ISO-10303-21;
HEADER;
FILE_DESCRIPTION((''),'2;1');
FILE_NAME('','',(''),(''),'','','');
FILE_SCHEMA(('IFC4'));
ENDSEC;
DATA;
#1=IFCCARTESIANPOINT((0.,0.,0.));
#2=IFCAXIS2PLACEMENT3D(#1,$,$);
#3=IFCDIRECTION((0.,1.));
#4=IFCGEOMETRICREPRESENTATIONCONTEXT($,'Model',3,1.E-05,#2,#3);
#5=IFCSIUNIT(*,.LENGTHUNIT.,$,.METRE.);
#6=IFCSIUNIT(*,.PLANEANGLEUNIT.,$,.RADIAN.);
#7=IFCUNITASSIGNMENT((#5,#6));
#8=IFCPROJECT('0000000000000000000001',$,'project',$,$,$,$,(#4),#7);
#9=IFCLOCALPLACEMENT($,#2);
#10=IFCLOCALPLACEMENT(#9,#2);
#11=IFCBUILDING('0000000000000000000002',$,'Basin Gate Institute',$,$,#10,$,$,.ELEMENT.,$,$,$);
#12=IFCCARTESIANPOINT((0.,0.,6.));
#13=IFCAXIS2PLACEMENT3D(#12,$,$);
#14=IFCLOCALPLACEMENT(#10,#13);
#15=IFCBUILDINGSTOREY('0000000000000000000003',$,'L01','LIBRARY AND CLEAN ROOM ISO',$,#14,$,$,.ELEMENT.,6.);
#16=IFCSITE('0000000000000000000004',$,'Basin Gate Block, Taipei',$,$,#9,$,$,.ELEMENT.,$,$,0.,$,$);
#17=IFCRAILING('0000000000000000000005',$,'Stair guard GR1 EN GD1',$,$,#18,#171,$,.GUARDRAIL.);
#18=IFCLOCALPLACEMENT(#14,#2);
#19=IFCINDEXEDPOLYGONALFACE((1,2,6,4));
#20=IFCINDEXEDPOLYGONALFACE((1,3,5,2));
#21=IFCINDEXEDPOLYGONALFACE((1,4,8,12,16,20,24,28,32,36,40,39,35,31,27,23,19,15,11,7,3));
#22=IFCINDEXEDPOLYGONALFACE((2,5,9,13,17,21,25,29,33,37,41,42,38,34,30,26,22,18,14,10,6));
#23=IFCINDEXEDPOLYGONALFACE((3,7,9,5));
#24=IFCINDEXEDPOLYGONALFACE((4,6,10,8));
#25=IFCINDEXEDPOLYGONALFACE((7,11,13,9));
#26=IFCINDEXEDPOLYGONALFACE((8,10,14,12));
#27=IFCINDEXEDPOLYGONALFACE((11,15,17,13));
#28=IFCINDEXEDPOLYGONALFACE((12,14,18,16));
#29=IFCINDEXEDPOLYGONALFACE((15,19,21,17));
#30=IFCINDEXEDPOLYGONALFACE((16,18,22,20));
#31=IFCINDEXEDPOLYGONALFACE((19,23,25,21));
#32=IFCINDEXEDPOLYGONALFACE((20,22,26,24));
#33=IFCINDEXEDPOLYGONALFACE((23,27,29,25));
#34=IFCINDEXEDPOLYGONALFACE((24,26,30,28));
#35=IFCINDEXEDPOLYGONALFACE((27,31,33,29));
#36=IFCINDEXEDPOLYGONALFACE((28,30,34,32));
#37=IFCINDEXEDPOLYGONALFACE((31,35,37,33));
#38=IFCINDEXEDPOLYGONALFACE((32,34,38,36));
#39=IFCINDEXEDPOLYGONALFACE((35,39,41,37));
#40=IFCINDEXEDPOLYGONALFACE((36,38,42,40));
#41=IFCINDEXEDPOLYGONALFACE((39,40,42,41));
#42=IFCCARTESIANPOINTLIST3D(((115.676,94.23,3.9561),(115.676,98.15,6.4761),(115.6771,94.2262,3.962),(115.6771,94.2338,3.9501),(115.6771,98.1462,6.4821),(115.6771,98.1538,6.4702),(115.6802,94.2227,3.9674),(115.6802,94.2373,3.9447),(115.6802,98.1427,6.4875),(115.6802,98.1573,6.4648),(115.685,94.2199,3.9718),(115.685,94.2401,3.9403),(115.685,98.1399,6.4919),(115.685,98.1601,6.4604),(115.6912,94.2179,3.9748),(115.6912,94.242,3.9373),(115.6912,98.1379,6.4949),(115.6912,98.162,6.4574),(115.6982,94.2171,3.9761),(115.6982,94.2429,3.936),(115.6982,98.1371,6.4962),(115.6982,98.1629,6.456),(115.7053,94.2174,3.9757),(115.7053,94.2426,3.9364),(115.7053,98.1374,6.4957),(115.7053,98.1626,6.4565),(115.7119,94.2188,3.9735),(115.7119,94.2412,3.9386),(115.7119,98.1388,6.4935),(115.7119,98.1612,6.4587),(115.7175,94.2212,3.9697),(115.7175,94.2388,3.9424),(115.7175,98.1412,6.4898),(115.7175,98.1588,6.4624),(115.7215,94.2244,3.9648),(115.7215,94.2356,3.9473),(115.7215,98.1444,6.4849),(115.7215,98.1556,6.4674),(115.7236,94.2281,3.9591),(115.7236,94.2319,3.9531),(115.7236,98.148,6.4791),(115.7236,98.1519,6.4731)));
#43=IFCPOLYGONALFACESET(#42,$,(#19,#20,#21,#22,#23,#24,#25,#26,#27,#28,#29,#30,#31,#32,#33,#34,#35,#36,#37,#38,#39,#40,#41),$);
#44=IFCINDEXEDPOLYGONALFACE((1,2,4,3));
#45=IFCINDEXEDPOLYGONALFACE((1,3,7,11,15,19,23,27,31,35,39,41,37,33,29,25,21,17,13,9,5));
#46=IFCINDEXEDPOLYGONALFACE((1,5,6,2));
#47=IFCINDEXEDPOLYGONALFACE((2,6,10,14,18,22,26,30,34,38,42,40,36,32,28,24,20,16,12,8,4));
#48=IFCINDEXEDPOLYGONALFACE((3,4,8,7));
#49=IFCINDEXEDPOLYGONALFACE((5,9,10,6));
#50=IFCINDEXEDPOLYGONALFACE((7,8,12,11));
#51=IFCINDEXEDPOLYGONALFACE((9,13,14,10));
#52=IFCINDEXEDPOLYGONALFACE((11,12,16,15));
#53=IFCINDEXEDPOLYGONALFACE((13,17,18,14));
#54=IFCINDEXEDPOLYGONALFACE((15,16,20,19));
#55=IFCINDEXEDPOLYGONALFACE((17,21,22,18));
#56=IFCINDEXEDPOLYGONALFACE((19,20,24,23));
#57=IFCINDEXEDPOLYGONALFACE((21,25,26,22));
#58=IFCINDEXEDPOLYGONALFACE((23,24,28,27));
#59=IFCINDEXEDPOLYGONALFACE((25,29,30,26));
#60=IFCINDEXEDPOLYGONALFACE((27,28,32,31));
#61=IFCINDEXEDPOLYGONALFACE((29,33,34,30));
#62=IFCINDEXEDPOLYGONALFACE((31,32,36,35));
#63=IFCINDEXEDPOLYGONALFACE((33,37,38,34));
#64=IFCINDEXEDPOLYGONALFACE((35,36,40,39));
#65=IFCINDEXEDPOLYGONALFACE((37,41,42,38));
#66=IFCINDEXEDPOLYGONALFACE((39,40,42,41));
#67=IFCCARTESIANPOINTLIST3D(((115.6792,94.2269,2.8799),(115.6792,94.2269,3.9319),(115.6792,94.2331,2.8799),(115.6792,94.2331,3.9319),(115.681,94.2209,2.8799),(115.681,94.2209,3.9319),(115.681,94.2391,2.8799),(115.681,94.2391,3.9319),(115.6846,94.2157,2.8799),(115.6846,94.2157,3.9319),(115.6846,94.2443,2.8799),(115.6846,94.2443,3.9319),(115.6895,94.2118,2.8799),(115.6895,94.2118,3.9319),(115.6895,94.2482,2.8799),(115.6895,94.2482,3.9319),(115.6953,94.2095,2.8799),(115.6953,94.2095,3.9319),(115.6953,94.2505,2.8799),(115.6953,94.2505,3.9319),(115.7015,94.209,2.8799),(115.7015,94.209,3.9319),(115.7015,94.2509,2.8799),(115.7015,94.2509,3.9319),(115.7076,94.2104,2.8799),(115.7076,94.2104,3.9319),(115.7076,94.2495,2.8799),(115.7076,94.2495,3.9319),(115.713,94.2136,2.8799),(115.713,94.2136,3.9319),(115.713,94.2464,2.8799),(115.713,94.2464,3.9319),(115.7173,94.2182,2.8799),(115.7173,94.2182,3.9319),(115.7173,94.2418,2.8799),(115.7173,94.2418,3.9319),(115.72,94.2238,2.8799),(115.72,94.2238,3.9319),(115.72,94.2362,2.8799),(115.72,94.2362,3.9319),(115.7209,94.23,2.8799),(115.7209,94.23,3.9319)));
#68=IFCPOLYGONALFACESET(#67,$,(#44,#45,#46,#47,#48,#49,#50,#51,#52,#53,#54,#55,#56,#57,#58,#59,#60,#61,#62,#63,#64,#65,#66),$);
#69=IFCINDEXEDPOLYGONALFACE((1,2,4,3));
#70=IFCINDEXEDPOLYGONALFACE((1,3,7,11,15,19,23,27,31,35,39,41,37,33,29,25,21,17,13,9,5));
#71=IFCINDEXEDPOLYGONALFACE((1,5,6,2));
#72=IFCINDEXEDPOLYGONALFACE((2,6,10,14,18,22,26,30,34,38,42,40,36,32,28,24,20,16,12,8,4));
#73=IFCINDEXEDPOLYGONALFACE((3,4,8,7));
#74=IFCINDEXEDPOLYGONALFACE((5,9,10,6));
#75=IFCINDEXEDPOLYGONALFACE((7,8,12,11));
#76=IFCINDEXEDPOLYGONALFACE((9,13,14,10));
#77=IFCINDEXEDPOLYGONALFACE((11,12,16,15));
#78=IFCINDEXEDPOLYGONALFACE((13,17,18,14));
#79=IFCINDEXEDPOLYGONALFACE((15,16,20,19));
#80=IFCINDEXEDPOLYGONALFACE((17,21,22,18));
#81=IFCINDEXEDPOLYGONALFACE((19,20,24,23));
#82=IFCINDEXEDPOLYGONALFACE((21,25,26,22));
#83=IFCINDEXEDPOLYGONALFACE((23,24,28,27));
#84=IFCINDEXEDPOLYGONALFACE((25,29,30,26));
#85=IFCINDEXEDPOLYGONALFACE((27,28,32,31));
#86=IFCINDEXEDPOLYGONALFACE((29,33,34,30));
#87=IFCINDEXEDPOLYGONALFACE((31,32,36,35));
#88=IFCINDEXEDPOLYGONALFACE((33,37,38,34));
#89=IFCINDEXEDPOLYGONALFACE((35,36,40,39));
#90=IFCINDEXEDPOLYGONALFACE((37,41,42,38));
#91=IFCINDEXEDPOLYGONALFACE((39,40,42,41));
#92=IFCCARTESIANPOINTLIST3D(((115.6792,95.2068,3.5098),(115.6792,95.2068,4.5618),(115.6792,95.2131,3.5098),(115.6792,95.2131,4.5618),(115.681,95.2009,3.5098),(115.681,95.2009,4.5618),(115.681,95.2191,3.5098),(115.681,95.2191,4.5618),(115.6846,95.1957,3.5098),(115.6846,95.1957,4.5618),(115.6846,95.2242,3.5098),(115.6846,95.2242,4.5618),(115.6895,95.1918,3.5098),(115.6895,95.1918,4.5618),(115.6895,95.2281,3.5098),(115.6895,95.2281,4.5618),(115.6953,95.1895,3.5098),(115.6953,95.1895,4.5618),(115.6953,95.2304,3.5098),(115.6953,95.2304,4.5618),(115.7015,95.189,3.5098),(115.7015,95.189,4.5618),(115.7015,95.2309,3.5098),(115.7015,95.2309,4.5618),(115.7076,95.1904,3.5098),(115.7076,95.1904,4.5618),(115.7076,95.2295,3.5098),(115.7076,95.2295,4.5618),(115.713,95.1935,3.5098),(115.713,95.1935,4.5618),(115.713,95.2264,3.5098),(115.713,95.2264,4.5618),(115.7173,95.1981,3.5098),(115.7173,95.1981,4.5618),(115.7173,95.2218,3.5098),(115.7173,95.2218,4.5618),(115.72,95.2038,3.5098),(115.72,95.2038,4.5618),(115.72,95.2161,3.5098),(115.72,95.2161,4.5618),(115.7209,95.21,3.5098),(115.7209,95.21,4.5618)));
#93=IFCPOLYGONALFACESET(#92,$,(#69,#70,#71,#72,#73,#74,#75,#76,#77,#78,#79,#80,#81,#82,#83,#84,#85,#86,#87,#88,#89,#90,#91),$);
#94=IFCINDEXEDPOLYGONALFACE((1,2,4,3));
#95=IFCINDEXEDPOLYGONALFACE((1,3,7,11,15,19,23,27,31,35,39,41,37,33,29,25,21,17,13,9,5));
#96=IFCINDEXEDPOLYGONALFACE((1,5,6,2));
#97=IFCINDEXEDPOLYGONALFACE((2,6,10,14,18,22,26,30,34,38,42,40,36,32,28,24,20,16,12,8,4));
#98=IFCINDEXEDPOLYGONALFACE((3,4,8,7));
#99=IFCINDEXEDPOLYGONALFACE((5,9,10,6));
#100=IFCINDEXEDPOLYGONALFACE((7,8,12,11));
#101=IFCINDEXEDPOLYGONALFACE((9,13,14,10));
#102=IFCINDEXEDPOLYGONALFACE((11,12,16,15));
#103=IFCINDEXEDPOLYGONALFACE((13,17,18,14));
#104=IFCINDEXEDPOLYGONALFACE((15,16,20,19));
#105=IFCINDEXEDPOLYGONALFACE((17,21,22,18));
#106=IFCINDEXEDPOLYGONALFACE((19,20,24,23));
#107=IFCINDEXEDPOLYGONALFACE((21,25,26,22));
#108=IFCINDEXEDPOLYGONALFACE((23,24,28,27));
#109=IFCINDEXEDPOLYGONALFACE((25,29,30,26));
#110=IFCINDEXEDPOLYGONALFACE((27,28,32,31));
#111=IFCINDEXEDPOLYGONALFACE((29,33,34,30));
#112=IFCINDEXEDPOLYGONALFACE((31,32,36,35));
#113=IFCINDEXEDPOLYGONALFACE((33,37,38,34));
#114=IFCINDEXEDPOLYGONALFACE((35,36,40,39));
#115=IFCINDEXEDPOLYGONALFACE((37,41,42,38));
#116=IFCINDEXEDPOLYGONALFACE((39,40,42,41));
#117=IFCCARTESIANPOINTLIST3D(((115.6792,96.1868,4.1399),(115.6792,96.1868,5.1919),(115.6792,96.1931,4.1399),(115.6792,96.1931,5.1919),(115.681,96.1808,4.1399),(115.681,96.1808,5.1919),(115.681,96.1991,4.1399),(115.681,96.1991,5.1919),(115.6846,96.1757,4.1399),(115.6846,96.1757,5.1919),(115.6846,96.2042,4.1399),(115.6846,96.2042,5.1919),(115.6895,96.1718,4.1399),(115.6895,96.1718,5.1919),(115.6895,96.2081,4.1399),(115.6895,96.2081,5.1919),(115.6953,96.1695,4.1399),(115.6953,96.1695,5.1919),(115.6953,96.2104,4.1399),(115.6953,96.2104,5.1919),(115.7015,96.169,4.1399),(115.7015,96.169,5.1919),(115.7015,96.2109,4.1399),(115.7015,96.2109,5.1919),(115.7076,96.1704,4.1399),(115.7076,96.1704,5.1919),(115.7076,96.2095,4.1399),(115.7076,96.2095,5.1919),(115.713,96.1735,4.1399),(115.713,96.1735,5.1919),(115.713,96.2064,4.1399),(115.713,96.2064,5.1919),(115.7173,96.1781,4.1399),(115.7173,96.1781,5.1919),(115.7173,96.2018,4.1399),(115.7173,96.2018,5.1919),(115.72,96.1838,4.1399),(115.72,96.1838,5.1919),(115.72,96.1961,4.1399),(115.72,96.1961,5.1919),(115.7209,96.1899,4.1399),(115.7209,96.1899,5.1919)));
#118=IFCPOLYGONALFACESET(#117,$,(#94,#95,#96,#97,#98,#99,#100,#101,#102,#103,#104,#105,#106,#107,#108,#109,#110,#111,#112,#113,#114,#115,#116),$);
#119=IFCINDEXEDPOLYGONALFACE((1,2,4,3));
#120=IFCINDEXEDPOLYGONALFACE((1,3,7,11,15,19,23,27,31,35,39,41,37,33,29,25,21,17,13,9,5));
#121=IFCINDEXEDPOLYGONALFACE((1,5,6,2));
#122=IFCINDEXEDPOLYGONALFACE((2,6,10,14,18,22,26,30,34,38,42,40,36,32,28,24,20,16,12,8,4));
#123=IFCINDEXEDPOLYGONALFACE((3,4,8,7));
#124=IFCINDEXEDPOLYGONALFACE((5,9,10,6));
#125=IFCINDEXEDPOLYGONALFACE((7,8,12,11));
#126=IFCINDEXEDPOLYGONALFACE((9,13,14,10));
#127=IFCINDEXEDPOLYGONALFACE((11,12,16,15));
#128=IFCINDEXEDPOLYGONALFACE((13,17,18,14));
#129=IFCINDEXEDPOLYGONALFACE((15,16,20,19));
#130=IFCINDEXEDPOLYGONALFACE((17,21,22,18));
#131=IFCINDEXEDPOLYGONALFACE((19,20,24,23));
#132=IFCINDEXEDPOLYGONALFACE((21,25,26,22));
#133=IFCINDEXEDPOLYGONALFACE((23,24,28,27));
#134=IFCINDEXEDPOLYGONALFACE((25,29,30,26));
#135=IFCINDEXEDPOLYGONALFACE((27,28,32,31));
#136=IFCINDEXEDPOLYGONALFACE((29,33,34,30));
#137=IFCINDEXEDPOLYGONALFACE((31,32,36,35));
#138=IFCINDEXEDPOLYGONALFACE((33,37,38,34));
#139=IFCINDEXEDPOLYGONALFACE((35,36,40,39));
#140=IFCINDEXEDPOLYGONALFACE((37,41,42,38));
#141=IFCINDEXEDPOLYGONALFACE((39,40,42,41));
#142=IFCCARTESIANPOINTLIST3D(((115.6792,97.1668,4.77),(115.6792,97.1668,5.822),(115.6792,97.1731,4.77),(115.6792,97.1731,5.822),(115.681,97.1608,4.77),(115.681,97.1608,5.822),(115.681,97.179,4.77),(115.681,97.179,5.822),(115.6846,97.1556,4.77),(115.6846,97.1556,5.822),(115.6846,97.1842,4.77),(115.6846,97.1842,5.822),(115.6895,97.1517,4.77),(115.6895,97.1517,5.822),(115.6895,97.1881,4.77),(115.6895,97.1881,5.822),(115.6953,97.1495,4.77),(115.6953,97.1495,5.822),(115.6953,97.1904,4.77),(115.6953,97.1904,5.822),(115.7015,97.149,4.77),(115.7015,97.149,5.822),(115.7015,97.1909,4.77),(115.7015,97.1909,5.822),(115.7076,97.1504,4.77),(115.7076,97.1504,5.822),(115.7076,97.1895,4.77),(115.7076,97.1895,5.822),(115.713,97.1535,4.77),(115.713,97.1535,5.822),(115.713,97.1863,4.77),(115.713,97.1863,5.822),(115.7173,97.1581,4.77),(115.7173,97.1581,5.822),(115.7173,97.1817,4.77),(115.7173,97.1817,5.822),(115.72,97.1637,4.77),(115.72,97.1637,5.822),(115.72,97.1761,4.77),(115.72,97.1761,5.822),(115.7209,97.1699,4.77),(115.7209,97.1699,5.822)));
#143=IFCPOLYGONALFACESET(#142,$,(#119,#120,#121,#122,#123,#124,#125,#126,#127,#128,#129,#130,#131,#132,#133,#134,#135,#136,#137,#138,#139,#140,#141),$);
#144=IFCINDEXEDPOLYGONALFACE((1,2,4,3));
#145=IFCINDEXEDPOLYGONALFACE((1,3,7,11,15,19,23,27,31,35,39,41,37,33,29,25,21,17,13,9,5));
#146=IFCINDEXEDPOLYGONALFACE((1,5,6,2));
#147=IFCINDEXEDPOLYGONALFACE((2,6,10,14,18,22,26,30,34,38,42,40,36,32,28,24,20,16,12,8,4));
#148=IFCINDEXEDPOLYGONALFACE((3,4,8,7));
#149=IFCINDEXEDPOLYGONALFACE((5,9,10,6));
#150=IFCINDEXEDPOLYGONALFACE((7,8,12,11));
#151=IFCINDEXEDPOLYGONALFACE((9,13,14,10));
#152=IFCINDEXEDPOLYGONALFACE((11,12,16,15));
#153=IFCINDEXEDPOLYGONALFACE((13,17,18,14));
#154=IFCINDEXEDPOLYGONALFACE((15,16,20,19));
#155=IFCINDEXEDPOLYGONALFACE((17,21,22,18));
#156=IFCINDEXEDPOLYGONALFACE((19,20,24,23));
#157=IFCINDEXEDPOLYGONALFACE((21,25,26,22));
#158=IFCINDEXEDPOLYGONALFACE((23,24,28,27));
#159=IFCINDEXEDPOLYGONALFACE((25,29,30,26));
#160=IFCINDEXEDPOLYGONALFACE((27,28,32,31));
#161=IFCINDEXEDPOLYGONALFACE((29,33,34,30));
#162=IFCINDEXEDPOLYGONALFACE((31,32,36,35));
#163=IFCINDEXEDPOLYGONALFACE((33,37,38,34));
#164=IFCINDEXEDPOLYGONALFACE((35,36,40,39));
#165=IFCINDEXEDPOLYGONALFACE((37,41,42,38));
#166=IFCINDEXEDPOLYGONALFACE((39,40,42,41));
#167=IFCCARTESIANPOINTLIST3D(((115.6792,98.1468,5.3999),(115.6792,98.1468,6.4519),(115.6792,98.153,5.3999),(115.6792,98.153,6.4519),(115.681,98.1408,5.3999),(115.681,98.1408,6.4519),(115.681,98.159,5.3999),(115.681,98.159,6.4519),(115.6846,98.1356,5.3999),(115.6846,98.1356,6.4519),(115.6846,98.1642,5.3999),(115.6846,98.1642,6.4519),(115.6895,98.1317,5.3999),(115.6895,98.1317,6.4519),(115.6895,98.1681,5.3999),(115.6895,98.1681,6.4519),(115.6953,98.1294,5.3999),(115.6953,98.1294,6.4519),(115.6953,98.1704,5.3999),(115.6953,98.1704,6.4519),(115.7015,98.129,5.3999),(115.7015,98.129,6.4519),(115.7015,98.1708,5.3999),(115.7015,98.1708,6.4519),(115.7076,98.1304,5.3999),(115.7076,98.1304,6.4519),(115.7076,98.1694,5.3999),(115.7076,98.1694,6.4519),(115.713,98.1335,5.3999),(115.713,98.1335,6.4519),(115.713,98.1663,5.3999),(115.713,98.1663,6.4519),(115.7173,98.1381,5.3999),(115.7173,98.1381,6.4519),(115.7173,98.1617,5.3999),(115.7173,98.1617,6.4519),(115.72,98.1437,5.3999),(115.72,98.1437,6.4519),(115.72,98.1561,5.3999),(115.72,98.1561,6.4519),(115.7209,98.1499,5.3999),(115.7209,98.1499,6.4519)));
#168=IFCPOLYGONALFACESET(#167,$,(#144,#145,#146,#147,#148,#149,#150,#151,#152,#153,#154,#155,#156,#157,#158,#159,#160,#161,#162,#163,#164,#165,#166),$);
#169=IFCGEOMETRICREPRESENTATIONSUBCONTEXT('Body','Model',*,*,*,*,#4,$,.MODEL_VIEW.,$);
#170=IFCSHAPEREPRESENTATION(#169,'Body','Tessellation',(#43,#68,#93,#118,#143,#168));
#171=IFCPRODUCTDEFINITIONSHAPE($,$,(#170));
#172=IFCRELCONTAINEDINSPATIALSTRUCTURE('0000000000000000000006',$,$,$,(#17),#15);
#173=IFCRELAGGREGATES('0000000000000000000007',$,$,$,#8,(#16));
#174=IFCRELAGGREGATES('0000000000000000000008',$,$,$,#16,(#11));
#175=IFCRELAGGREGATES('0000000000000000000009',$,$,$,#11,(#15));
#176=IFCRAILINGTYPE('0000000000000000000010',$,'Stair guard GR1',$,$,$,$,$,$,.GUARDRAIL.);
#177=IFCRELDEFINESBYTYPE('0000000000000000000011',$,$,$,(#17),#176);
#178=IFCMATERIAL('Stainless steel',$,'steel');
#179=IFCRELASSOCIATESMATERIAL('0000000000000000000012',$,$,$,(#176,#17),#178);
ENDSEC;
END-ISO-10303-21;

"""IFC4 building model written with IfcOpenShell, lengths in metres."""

from ifc_helpers import new_model, si_unit, direction, frame, origin, origin_2d, place, context, subcontext, project, spatial, circle, extrude, material, type_object, element, save


model = new_model("IFC4")

# Units and contexts
model_context = context("Model", 3, precision=1e-05, world=origin(), true_north=direction((0.0, 1.0)))
body_context = subcontext(model_context, "Body", "Model", "MODEL_VIEW")
ifc_project = project(units=[si_unit("LENGTHUNIT", "METRE"), si_unit("PLANEANGLEUNIT", "RADIAN")], contexts=[model_context])

# Site, building, storey
site_placement = place(None, origin())
site = spatial("IfcSite", under=ifc_project, at=site_placement, Name="Basin Gate Block, Taipei", CompositionType="ELEMENT", RefElevation=0.0)
building_placement = place(site_placement, origin())
building = spatial("IfcBuilding", under=site, at=building_placement, Name="Basin Gate Institute", CompositionType="ELEMENT")
storey_placement = place(building_placement, frame((0.0, 0.0, 6.0)))
storey = spatial("IfcBuildingStorey", under=building, at=storey_placement, Name="L01", Description="LIBRARY AND CLEAN ROOM ISO", CompositionType="ELEMENT", Elevation=6.0)

# Railing
ifc_material_1 = material(Name="Stainless steel", Category="steel")
railing_type_1 = type_object("IfcRailingType", Name="Stair guard GR1", PredefinedType="GUARDRAIL", material=ifc_material_1)
railing_1_placement = place(storey_placement, frame((115.7, 94.23, 2.8799)))
element("IfcRailing", 1, at=railing_1_placement, inside=storey, type_object=railing_type_1, material=ifc_material_1, Name="Stair guard GR1 EN GD1", PredefinedType="GUARDRAIL", context=body_context, shape_type="SweptSolid", body=[
    extrude(circle(Radius=0.0239, at=origin_2d()), frame((0.0, 0.0, 1.0762), z_axis=(0.0, 0.841172, 0.540768), x_axis=(-1.0, 0.0, 0.0)), (0.0, 0.0, 1.0), 4.6602),
    extrude(circle(Radius=0.021, at=origin_2d()), origin(), (0.0, 0.0, 1.0), 1.052),
    extrude(circle(Radius=0.021, at=origin_2d()), frame((0.0, 0.98, 0.6299)), (0.0, 0.0, 1.0), 1.052),
    extrude(circle(Radius=0.021, at=origin_2d()), frame((0.0, 1.96, 1.26)), (0.0, 0.0, 1.0), 1.052),
    extrude(circle(Radius=0.021, at=origin_2d()), frame((0.0, 2.9399, 1.8901)), (0.0, 0.0, 1.0), 1.052),
    extrude(circle(Radius=0.021, at=origin_2d()), frame((0.0, 3.9199, 2.52)), (0.0, 0.0, 1.0), 1.052),
])

save(model, "model.ifc")
